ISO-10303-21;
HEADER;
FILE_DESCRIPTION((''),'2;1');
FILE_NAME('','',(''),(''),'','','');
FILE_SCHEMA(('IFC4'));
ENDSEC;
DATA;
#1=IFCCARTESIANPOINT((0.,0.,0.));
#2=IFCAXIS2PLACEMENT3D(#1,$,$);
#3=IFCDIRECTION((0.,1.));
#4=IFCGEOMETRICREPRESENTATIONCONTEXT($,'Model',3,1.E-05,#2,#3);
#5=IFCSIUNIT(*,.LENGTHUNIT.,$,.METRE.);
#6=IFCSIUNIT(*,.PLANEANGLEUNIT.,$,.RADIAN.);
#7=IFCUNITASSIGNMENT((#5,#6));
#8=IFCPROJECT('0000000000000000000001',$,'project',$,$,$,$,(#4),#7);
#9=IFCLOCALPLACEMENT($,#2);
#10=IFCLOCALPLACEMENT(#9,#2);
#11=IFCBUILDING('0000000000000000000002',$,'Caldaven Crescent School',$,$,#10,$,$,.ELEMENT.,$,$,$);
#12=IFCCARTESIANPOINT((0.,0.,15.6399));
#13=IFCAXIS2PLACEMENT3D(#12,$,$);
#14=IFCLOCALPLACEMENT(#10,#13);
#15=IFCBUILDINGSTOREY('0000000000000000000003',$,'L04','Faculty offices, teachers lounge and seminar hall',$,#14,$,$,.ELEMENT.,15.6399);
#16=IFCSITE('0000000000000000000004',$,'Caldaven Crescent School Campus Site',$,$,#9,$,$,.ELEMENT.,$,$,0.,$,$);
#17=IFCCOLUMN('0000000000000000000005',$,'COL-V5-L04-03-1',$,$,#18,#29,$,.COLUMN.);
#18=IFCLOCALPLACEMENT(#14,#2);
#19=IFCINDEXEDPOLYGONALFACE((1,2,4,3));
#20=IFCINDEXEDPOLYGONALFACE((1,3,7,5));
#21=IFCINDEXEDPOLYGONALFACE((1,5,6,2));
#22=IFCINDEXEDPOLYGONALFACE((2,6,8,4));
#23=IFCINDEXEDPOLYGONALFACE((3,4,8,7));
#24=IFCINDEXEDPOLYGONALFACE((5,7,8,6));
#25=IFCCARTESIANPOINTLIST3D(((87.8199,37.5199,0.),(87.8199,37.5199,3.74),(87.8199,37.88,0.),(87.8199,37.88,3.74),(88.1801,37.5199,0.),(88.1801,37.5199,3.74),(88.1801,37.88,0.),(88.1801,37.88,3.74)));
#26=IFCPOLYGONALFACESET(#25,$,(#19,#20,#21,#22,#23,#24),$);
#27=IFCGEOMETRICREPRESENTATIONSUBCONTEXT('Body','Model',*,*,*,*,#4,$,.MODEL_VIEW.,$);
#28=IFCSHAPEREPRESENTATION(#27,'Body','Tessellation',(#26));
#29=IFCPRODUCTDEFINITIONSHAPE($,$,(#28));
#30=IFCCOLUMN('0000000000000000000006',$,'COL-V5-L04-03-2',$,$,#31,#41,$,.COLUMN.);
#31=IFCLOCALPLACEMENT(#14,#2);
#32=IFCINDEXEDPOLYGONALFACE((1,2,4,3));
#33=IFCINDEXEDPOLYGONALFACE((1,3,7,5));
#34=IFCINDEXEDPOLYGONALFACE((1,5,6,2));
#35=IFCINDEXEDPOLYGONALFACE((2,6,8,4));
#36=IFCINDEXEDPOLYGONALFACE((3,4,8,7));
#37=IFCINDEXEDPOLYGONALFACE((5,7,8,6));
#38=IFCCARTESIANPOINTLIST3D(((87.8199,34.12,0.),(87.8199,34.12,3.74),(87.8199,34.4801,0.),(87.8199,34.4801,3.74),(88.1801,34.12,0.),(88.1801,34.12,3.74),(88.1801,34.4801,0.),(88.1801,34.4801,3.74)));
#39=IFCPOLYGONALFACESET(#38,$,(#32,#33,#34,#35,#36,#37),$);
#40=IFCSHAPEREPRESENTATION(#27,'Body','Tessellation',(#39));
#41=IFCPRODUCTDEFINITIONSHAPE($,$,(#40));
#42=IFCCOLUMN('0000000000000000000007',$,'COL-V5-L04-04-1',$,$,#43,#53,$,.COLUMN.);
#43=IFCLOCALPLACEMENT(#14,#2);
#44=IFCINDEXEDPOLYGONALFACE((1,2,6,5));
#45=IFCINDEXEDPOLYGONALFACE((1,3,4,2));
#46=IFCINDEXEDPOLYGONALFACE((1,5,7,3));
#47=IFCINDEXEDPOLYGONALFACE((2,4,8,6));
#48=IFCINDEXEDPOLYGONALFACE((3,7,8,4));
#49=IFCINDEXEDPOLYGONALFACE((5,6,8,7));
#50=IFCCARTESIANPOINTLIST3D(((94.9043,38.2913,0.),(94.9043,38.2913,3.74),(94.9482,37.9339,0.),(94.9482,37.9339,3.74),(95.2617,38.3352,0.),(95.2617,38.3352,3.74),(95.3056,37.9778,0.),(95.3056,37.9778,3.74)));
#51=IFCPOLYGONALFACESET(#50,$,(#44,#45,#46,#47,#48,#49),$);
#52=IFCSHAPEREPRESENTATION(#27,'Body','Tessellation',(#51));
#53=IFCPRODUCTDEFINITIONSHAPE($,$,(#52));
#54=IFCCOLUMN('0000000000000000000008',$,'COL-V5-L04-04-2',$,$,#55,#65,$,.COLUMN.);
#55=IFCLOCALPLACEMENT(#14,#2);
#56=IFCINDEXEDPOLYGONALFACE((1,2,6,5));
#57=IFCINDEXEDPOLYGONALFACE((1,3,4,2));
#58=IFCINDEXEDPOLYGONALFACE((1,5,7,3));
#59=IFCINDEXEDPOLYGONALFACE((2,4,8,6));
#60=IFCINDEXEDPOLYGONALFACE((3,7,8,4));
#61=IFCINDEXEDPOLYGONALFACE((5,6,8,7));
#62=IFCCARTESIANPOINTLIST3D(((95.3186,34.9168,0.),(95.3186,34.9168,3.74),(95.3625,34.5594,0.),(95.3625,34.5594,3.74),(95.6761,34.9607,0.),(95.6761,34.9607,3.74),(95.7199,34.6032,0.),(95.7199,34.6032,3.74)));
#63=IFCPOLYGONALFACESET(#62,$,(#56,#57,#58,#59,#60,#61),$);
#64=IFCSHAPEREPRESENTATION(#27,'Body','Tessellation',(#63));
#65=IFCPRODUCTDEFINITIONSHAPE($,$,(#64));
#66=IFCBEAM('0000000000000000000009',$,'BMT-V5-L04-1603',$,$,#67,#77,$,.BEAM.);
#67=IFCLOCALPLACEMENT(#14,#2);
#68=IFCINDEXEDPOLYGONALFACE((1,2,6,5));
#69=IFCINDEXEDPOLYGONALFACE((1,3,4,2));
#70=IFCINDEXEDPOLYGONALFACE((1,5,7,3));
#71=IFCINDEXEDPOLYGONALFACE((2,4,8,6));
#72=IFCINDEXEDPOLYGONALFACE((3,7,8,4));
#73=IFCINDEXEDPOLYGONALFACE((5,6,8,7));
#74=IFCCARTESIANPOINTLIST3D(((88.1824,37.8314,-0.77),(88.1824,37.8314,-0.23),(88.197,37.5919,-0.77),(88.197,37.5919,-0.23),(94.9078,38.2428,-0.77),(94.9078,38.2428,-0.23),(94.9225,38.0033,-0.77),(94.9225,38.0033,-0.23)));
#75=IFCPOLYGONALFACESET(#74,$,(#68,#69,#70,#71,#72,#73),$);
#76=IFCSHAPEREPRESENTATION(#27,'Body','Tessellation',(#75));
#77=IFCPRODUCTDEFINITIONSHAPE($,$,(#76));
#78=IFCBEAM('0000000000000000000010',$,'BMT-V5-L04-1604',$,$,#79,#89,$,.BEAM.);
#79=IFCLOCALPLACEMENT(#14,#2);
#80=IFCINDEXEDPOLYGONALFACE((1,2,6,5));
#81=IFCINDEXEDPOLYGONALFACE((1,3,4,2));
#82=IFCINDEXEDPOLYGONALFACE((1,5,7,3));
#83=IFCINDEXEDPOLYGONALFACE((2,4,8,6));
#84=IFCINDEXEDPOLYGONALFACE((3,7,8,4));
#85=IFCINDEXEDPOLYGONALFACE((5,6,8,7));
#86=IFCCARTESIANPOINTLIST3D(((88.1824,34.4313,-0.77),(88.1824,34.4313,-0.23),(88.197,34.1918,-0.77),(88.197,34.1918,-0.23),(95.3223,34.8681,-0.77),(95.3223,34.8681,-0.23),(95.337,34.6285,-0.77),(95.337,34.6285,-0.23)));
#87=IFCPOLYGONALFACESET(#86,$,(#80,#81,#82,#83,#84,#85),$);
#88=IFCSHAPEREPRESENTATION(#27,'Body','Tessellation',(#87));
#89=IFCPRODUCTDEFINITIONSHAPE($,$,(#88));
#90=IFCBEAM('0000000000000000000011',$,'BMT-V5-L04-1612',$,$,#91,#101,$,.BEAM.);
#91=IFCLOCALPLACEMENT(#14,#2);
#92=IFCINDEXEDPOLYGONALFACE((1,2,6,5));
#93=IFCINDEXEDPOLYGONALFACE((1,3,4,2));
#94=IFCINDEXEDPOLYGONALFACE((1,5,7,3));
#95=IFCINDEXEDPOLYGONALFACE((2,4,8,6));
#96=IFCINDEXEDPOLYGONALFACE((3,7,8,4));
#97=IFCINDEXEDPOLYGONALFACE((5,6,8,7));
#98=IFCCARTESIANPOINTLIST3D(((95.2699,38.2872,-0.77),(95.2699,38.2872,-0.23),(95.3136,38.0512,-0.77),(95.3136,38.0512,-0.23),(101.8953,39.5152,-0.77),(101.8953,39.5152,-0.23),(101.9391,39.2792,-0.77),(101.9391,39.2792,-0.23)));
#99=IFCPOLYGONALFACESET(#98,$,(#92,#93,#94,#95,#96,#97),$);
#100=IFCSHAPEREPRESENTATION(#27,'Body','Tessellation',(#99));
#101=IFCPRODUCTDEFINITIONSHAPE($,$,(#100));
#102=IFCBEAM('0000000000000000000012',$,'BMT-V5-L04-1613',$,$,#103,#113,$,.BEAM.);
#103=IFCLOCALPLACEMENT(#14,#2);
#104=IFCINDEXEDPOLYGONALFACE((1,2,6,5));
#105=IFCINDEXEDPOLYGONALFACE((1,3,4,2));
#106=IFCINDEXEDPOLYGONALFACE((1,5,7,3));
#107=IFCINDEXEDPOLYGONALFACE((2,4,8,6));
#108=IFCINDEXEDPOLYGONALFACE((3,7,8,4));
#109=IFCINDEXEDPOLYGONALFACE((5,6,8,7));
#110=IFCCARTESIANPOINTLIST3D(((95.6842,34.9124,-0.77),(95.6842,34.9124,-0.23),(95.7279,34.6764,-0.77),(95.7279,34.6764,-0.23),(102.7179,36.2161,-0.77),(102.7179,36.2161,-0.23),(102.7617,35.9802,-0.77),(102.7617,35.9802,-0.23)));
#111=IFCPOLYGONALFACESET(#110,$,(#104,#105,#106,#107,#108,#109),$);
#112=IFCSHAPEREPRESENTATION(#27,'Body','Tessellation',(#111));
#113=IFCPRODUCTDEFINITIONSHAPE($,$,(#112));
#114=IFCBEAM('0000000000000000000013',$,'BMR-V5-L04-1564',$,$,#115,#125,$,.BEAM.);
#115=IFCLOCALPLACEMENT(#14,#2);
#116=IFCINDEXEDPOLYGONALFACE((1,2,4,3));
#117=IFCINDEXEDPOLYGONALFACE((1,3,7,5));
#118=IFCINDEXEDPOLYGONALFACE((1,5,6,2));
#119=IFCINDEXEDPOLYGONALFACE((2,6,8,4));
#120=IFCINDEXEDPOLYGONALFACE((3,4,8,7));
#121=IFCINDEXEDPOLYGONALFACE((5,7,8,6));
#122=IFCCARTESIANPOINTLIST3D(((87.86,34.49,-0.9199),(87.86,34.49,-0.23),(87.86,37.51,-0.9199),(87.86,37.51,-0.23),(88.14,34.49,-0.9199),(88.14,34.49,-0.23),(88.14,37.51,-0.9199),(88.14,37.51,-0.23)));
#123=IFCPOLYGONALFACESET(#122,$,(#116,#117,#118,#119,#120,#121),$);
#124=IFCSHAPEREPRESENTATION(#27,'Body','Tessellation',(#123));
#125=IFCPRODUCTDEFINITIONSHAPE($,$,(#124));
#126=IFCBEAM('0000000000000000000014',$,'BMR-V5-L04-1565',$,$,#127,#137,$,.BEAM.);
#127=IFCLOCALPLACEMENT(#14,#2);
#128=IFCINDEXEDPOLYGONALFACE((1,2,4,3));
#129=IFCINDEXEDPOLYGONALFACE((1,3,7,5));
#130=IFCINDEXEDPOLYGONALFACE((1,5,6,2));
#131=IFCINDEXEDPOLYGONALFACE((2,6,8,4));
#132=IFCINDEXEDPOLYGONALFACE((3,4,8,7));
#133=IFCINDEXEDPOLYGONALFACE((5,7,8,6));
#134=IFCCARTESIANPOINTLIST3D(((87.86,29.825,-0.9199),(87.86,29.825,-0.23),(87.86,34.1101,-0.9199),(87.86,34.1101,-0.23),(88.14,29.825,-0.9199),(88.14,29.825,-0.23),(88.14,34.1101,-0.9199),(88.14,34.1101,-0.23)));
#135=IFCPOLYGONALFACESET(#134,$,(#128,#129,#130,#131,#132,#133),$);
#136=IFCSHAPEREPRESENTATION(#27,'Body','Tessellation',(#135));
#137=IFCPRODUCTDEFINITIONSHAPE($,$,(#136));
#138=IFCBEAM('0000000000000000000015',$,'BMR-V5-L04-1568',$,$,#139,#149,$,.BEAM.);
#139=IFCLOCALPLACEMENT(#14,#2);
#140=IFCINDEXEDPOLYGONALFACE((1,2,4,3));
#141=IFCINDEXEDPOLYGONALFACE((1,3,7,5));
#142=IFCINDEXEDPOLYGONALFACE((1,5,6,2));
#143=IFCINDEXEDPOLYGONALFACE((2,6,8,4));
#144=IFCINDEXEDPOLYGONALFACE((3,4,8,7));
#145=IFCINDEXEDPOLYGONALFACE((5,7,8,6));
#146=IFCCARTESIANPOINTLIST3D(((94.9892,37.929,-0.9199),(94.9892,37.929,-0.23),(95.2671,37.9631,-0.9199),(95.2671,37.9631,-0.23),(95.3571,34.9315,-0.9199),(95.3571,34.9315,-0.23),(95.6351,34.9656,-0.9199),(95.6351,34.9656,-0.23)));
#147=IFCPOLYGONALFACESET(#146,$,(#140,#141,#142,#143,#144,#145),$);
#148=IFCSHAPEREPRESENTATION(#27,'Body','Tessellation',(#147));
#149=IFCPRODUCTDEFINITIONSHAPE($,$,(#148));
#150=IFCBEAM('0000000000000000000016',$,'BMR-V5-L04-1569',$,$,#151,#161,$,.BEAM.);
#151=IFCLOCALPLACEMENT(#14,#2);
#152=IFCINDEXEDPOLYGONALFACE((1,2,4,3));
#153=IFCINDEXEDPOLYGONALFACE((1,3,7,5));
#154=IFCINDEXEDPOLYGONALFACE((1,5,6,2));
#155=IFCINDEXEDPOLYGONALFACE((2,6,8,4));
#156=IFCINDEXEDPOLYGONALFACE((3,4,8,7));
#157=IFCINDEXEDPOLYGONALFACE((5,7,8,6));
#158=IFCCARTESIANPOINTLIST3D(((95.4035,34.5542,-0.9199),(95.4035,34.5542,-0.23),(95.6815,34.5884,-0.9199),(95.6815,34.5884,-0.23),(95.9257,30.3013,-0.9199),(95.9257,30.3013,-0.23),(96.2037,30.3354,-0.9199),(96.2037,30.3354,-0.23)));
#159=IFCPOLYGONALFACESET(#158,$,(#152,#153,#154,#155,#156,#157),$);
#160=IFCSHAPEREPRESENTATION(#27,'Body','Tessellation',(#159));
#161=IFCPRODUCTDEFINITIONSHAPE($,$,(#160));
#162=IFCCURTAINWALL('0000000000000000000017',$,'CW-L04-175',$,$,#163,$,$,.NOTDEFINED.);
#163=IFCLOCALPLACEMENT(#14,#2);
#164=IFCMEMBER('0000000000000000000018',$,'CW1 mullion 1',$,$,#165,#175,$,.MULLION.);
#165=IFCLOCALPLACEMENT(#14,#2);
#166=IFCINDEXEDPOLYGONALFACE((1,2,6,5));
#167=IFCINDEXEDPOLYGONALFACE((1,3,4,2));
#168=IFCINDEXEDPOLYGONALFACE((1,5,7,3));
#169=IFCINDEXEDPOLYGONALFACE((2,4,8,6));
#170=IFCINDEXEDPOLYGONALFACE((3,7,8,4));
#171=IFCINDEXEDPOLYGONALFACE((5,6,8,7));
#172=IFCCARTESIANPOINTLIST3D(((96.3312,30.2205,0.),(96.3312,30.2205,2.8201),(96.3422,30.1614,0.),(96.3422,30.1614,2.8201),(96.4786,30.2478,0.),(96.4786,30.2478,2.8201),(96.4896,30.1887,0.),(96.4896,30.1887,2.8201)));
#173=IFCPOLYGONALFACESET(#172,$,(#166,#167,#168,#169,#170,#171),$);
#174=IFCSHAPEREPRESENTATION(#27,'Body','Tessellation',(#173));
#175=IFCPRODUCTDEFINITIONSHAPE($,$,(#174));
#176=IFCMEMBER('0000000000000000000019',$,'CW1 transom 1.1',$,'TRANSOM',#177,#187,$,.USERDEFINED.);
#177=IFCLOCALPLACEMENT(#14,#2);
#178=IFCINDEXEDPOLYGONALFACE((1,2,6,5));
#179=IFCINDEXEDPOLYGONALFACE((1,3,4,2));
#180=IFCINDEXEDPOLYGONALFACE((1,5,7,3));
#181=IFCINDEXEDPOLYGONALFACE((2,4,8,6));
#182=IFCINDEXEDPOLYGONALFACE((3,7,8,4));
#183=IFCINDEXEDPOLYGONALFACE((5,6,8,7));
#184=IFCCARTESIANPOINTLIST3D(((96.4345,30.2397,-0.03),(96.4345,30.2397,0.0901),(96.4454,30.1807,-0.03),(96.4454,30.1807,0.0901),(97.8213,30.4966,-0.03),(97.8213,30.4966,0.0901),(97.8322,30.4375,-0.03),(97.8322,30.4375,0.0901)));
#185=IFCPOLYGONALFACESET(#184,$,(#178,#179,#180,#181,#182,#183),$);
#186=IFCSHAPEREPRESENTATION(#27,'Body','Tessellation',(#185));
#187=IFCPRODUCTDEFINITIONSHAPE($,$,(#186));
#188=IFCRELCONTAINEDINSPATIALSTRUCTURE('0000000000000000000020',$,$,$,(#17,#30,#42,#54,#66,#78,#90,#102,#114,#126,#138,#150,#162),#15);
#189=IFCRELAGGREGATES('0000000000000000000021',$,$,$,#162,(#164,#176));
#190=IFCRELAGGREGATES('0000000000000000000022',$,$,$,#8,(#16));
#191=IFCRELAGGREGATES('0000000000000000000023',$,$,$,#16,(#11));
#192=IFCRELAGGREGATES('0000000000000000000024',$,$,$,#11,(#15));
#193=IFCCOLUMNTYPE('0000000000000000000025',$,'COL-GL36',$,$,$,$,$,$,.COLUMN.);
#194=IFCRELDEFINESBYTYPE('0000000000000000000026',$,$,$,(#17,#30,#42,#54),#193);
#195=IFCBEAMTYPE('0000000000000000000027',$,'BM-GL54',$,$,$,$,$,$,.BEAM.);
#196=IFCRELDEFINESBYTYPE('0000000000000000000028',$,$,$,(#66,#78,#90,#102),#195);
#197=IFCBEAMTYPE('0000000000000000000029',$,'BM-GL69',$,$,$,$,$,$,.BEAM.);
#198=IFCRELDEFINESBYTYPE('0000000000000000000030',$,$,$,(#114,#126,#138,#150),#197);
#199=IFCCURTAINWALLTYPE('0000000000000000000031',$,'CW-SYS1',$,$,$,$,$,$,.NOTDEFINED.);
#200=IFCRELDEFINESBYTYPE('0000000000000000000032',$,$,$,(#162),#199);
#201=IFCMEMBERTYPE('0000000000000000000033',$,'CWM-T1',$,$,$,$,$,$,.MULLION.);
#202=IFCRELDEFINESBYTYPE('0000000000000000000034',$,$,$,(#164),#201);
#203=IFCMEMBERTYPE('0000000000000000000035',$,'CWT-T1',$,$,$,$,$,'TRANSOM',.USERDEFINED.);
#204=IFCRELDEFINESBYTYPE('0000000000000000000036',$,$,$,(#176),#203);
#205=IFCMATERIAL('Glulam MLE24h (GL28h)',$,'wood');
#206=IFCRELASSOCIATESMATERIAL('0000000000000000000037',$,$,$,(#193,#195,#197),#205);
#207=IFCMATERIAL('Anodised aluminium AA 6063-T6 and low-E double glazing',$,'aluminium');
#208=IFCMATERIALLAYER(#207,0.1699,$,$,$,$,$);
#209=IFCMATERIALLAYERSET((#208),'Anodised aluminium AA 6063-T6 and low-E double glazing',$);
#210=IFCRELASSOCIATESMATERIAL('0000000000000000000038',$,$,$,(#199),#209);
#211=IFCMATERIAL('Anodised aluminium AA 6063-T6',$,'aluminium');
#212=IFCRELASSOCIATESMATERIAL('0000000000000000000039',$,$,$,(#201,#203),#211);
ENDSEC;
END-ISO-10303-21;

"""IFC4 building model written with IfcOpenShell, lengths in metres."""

from ifc_helpers import new_model, si_unit, direction, frame, origin, origin_2d, place, context, subcontext, project, spatial, rectangle, extrude, material, layer, layer_set, material_profile, profile_set, type_object, element, aggregate, save


model = new_model("IFC4")

# Units and contexts
model_context = context("Model", 3, precision=1e-05, world=origin(), true_north=direction((0.0, 1.0)))
body_context = subcontext(model_context, "Body", "Model", "MODEL_VIEW")
ifc_project = project(units=[si_unit("LENGTHUNIT", "METRE"), si_unit("PLANEANGLEUNIT", "RADIAN")], contexts=[model_context])

# Site, building, storey
site_placement = place(None, origin())
site = spatial("IfcSite", under=ifc_project, at=site_placement, Name="Caldaven Crescent School Campus Site", CompositionType="ELEMENT", RefElevation=0.0)
building_placement = place(site_placement, origin())
building = spatial("IfcBuilding", under=site, at=building_placement, Name="Caldaven Crescent School", CompositionType="ELEMENT")
storey_placement = place(building_placement, frame((0.0, 0.0, 15.6399)))
storey = spatial("IfcBuildingStorey", under=building, at=storey_placement, Name="L04", Description="Faculty offices, teachers lounge and seminar hall", CompositionType="ELEMENT", Elevation=15.6399)

# Columns
ifc_material_1 = material(Name="Glulam MLE24h (GL28h)", Category="wood")
ifc_material_profile_1 = material_profile(ifc_material_1, rectangle(XDim=0.3601, YDim=0.3601, at=origin_2d()), Name="MLE 360x360")
ifc_profile_set_1 = profile_set([ifc_material_profile_1], Name="Glulam MLE24h (GL28h)")
column_type = type_object("IfcColumnType", Name="COL-GL36", PredefinedType="COLUMN", material=ifc_profile_set_1)
for number, where, z_axis, x_axis, name in (
    (1, (88.0, 37.7, 0.0), (0.0, 0.0, 1.0), (0.0, -1.0, 0.0), "COL-V5-L04-03-1"),
    (2, (88.0, 34.3, 0.0), (0.0, 0.0, 1.0), (0.0, -1.0, 0.0), "COL-V5-L04-03-2"),
    (3, (95.105, 38.1345, 0.0), (0.0, 0.0, 1.0), (0.121869, -0.992546, 0.0), "COL-V5-L04-04-1"),
    (4, (95.5193, 34.76, 0.0), (0.0, 0.0, 1.0), (0.121869, -0.992546, 0.0), "COL-V5-L04-04-2"),
):
    element("IfcColumn", number, at=place(storey_placement, frame(where, z_axis=z_axis, x_axis=x_axis)), inside=storey, type_object=column_type, Name=name, PredefinedType="COLUMN", context=body_context, shape_type="SweptSolid", body=[
        extrude(rectangle(XDim=0.3601, YDim=0.3601, at=origin_2d()), origin(), (0.0, 0.0, 1.0), 3.74),
    ])

# Beams
ifc_material_profile_2 = material_profile(ifc_material_1, rectangle(XDim=0.24, YDim=0.54, at=origin_2d()), Name="MLE 240x540")
ifc_profile_set_2 = profile_set([ifc_material_profile_2], Name="Glulam MLE24h (GL28h)")
beam_type_1 = type_object("IfcBeamType", Name="BM-GL54", PredefinedType="BEAM", material=ifc_profile_set_2)
beam_1_placement = place(storey_placement, frame((88.1897, 37.7117, -0.5), z_axis=(0.998135, 0.061052, 0.0), x_axis=(-0.061052, 0.998135, 0.0)))
element("IfcBeam", 5, at=beam_1_placement, inside=storey, type_object=beam_type_1, Name="BMT-V5-L04-1603", PredefinedType="BEAM", context=body_context, shape_type="SweptSolid", body=[
    extrude(rectangle(XDim=0.24, YDim=0.54, at=origin_2d()), origin(), (0.0, 0.0, 1.0), 6.738),
])
beam_2_placement = place(storey_placement, frame((88.1897, 34.3115, -0.5), z_axis=(0.998134, 0.061059, 0.0), x_axis=(-0.061059, 0.998134, 0.0)))
element("IfcBeam", 6, at=beam_2_placement, inside=storey, type_object=beam_type_1, Name="BMT-V5-L04-1604", PredefinedType="BEAM", context=body_context, shape_type="SweptSolid", body=[
    extrude(rectangle(XDim=0.24, YDim=0.54, at=origin_2d()), origin(), (0.0, 0.0, 1.0), 7.1533),
])
beam_3_placement = place(storey_placement, frame((95.2917, 38.1692, -0.5), z_axis=(0.983253, 0.182245, 0.0), x_axis=(-0.182245, 0.983253, 0.0)))
element("IfcBeam", 7, at=beam_3_placement, inside=storey, type_object=beam_type_1, Name="BMT-V5-L04-1612", PredefinedType="BEAM", context=body_context, shape_type="SweptSolid", body=[
    extrude(rectangle(XDim=0.24, YDim=0.54, at=origin_2d()), origin(), (0.0, 0.0, 1.0), 6.7383),
])
beam_4_placement = place(storey_placement, frame((95.7061, 34.7944, -0.5), z_axis=(0.983253, 0.182248, 0.0), x_axis=(-0.182248, 0.983253, 0.0)))
element("IfcBeam", 8, at=beam_4_placement, inside=storey, type_object=beam_type_1, Name="BMT-V5-L04-1613", PredefinedType="BEAM", context=body_context, shape_type="SweptSolid", body=[
    extrude(rectangle(XDim=0.24, YDim=0.54, at=origin_2d()), origin(), (0.0, 0.0, 1.0), 7.1536),
])
ifc_material_profile_3 = material_profile(ifc_material_1, rectangle(XDim=0.28, YDim=0.6899, at=origin_2d()), Name="MLE 280x690")
ifc_profile_set_3 = profile_set([ifc_material_profile_3], Name="Glulam MLE24h (GL28h)")
beam_type_2 = type_object("IfcBeamType", Name="BM-GL69", PredefinedType="BEAM", material=ifc_profile_set_3)
beam_5_placement = place(storey_placement, frame((88.0, 37.51, -0.575), z_axis=(0.0, -1.0, 0.0), x_axis=(1.0, 0.0, 0.0)))
element("IfcBeam", 9, at=beam_5_placement, inside=storey, type_object=beam_type_2, Name="BMR-V5-L04-1564", PredefinedType="BEAM", context=body_context, shape_type="SweptSolid", body=[
    extrude(rectangle(XDim=0.28, YDim=0.6899, at=origin_2d()), origin(), (0.0, 0.0, 1.0), 3.02),
])
beam_6_placement = place(storey_placement, frame((88.0, 34.1101, -0.575), z_axis=(0.0, -1.0, 0.0), x_axis=(1.0, 0.0, 0.0)))
element("IfcBeam", 10, at=beam_6_placement, inside=storey, type_object=beam_type_2, Name="BMR-V5-L04-1565", PredefinedType="BEAM", context=body_context, shape_type="SweptSolid", body=[
    extrude(rectangle(XDim=0.28, YDim=0.6899, at=origin_2d()), origin(), (0.0, 0.0, 1.0), 4.2852),
])
beam_7_placement = place(storey_placement, frame((95.1282, 37.946, -0.575), z_axis=(0.121826, -0.992552, 0.0), x_axis=(0.992552, 0.121826, 0.0)))
element("IfcBeam", 11, at=beam_7_placement, inside=storey, type_object=beam_type_2, Name="BMR-V5-L04-1568", PredefinedType="BEAM", context=body_context, shape_type="SweptSolid", body=[
    extrude(rectangle(XDim=0.28, YDim=0.6899, at=origin_2d()), origin(), (0.0, 0.0, 1.0), 3.02),
])
beam_8_placement = place(storey_placement, frame((95.5425, 34.5713, -0.575), z_axis=(0.121875, -0.992546, 0.0), x_axis=(0.992546, 0.121875, 0.0)))
element("IfcBeam", 12, at=beam_8_placement, inside=storey, type_object=beam_type_2, Name="BMR-V5-L04-1569", PredefinedType="BEAM", context=body_context, shape_type="SweptSolid", body=[
    extrude(rectangle(XDim=0.28, YDim=0.6899, at=origin_2d()), origin(), (0.0, 0.0, 1.0), 4.2849),
])

# Curtain wall, members
ifc_material_2 = material(Name="Anodised aluminium AA 6063-T6 and low-E double glazing", Category="aluminium")
ifc_layer_1 = layer(ifc_material_2, 0.1699)
ifc_layer_set_1 = layer_set([ifc_layer_1], Name="Anodised aluminium AA 6063-T6 and low-E double glazing")
curtain_wall_type = type_object("IfcCurtainWallType", Name="CW-SYS1", PredefinedType="NOTDEFINED", material=ifc_layer_set_1)
curtain_wall_placement = place(storey_placement, origin())
curtain_wall = element("IfcCurtainWall", 13, at=curtain_wall_placement, inside=storey, type_object=curtain_wall_type, Name="CW-L04-175", PredefinedType="NOTDEFINED")
ifc_material_3 = material(Name="Anodised aluminium AA 6063-T6", Category="aluminium")
ifc_material_profile_4 = material_profile(ifc_material_3, rectangle(XDim=0.0601, YDim=0.1499, at=origin_2d()), Name="CWM 60x150")
ifc_profile_set_4 = profile_set([ifc_material_profile_4], Name="Anodised aluminium AA 6063-T6")
member_type_1 = type_object("IfcMemberType", Name="CWM-T1", PredefinedType="MULLION", material=ifc_profile_set_4)
member_1_placement = place(storey_placement, frame((96.4104, 30.2046, 0.0), z_axis=(0.0, 0.0, 1.0), x_axis=(-0.182236, 0.983255, 0.0)))
member_1 = element("IfcMember", 14, at=member_1_placement, type_object=member_type_1, Name="CW1 mullion 1", PredefinedType="MULLION", context=body_context, shape_type="SweptSolid", body=[
    extrude(rectangle(XDim=0.0601, YDim=0.1499, at=origin_2d()), origin(), (0.0, 0.0, 1.0), 2.8201),
])
ifc_material_profile_5 = material_profile(ifc_material_3, rectangle(XDim=0.0601, YDim=0.1201, at=origin_2d()), Name="CWT 60x120")
ifc_profile_set_5 = profile_set([ifc_material_profile_5], Name="Anodised aluminium AA 6063-T6")
member_type_2 = type_object("IfcMemberType", Name="CWT-T1", ElementType="TRANSOM", PredefinedType="USERDEFINED", material=ifc_profile_set_5)
member_2_placement = place(storey_placement, frame((96.4399, 30.2102, 0.03), z_axis=(0.983277, 0.182114, 0.0), x_axis=(-0.182114, 0.983277, 0.0)))
member_2 = element("IfcMember", 15, at=member_2_placement, type_object=member_type_2, Name="CW1 transom 1.1", ObjectType="TRANSOM", PredefinedType="USERDEFINED", context=body_context, shape_type="SweptSolid", body=[
    extrude(rectangle(XDim=0.0601, YDim=0.1201, at=origin_2d()), origin(), (0.0, 0.0, 1.0), 1.4104),
])
aggregate(curtain_wall, [member_1, member_2])

save(model, "model.ifc")
